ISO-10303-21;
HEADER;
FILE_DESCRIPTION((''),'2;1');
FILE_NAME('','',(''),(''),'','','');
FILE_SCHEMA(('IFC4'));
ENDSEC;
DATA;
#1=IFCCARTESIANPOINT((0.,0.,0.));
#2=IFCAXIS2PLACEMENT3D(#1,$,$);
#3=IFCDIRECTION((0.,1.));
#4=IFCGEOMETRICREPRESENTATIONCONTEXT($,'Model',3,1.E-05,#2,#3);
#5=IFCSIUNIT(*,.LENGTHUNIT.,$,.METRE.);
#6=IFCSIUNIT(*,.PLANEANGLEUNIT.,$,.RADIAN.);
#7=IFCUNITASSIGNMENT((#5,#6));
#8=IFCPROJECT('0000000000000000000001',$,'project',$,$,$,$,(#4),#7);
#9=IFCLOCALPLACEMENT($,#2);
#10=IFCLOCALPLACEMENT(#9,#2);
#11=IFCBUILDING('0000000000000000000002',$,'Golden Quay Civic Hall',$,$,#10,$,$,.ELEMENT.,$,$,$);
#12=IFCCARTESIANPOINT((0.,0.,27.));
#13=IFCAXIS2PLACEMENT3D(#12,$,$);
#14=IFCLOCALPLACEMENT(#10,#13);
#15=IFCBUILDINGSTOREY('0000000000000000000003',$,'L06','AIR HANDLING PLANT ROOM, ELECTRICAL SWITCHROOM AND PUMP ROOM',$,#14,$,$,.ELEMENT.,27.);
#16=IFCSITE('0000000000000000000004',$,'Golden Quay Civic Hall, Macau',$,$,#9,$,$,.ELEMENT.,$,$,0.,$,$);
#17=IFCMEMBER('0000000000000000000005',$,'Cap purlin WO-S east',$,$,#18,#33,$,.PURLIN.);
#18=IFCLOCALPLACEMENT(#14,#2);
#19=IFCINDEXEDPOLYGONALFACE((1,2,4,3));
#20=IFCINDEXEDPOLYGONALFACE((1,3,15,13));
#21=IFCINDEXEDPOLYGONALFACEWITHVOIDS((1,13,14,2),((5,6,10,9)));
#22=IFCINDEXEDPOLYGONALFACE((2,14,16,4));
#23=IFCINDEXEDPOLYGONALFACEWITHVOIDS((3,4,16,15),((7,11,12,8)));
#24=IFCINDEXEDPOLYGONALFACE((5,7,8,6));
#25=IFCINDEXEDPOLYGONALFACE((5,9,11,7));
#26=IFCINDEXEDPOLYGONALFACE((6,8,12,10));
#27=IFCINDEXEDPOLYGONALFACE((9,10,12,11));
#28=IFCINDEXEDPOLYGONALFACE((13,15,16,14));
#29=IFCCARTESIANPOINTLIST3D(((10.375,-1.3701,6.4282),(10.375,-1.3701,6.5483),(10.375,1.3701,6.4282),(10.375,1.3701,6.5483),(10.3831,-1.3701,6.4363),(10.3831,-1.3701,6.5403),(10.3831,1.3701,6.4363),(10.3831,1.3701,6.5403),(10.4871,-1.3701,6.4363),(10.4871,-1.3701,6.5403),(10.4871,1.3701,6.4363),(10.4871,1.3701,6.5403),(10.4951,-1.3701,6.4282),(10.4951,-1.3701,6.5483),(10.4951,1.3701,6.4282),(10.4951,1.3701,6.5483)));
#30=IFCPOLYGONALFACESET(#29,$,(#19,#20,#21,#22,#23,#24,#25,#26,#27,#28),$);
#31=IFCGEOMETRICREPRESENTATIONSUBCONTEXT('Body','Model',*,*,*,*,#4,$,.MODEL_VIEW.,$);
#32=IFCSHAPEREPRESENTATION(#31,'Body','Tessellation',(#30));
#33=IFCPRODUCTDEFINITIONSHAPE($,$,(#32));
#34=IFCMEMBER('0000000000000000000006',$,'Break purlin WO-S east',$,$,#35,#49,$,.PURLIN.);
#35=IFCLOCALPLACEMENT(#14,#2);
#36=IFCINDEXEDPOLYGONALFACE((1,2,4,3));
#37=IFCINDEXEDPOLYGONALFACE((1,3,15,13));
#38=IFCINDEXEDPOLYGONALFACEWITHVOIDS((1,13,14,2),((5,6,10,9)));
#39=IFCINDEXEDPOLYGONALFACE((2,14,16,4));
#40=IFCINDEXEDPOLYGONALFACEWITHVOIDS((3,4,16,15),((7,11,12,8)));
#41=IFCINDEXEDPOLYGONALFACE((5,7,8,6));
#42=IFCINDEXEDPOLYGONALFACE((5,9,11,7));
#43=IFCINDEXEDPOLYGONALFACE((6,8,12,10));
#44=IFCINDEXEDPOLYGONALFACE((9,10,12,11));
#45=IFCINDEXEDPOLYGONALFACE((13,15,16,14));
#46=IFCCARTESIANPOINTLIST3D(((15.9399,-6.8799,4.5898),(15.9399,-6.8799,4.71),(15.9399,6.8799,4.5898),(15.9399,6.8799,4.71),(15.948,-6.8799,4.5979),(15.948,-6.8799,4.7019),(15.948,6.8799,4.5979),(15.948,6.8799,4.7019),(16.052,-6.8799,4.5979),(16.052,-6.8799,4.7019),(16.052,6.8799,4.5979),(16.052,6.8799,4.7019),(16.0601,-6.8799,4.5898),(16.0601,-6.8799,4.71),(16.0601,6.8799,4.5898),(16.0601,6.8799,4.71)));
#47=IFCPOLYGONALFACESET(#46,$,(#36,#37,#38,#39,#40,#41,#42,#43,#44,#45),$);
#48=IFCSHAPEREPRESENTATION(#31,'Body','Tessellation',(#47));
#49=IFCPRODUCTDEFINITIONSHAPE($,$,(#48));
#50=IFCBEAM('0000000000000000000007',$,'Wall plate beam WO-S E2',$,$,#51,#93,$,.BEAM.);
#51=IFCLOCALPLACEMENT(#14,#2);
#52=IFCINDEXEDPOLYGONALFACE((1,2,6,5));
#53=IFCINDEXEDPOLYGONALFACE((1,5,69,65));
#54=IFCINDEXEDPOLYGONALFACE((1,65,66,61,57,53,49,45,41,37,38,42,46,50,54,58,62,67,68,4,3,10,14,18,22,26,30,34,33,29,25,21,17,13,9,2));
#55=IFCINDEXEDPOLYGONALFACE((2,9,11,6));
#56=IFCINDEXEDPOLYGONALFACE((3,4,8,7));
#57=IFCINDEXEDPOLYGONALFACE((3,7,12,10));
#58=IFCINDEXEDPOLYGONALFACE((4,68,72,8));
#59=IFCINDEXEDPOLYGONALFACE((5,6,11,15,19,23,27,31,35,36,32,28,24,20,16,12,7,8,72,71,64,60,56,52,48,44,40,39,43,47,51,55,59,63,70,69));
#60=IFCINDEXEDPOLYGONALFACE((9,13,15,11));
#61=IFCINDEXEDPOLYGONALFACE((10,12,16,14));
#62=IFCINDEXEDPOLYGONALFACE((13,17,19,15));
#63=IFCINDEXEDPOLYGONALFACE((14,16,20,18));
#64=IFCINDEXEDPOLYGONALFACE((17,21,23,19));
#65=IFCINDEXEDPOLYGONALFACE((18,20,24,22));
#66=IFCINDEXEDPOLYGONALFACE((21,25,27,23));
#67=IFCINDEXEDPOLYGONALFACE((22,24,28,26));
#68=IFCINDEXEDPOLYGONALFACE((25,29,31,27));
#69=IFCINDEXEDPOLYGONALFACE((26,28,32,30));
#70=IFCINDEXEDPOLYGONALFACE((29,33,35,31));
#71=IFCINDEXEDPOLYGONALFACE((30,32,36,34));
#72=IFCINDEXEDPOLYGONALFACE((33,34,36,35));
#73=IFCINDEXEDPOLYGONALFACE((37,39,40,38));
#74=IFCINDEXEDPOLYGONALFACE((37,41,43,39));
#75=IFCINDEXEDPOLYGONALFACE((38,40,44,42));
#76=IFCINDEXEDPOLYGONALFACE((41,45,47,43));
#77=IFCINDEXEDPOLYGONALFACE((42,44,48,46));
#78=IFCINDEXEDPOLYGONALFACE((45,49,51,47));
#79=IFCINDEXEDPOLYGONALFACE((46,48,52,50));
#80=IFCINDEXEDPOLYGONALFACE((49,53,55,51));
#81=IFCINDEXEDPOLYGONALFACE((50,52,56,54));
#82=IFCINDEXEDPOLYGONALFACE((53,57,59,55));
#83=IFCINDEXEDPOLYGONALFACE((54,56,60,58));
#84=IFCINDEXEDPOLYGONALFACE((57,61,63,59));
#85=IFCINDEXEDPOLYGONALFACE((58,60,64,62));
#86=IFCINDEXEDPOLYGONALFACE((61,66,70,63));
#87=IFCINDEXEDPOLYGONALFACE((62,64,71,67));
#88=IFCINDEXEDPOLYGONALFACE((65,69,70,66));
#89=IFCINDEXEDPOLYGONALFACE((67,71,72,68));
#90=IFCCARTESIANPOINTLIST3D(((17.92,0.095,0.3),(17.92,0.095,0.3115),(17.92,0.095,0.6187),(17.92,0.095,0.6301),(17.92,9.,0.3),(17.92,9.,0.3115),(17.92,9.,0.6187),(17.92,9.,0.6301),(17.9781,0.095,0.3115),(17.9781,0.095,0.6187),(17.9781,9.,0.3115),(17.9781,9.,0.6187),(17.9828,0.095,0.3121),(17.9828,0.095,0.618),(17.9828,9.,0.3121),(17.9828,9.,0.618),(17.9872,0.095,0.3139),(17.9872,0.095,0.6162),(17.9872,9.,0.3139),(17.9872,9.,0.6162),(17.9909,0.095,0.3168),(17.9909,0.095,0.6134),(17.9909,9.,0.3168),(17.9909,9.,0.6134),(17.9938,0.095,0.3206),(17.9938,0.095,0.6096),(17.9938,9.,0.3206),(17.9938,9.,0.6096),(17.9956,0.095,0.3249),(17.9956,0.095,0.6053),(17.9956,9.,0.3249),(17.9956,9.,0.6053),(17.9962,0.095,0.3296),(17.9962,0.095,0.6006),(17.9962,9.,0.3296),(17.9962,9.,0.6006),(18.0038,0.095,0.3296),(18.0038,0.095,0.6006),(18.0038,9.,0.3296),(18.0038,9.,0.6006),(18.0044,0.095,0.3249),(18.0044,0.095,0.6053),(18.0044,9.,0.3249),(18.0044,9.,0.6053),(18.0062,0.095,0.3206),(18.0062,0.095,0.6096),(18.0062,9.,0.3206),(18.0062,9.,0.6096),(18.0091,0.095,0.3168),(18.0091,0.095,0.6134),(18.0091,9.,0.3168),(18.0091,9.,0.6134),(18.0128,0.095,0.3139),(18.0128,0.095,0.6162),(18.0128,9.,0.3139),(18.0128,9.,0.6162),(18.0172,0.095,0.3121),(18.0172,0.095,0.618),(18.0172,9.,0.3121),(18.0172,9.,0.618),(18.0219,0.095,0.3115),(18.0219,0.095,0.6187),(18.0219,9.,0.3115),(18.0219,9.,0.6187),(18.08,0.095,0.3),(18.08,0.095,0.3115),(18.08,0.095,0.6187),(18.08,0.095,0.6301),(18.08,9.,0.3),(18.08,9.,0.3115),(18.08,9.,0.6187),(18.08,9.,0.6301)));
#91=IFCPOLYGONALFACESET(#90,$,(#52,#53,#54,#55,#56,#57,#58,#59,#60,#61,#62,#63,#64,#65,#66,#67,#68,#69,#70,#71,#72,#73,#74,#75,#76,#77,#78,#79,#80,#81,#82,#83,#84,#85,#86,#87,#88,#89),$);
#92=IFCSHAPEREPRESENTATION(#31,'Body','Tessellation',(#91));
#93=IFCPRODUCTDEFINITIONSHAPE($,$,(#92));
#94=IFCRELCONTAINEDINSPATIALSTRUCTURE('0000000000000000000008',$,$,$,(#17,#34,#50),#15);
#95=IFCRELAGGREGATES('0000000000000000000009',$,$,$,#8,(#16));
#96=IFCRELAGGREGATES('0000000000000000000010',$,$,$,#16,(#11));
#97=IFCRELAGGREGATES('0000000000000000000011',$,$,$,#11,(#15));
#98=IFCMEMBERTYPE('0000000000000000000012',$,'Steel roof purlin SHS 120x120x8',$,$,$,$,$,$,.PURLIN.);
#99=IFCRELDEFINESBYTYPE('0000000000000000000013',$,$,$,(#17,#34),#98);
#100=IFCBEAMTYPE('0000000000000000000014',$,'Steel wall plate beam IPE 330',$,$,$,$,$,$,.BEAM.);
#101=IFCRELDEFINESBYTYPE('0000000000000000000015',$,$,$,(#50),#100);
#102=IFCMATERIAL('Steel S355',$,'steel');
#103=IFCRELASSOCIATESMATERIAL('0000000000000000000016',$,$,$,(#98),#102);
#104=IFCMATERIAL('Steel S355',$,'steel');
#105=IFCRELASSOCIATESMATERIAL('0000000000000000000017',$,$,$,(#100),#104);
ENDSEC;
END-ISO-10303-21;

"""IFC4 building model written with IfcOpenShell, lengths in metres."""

from ifc_helpers import new_model, si_unit, direction, frame, origin, origin_2d, place, context, subcontext, project, spatial, hollow_rectangle, i_section, extrude, material, material_profile, profile_set, type_object, element, save


model = new_model("IFC4")

# Units and contexts
model_context = context("Model", 3, precision=1e-05, world=origin(), true_north=direction((0.0, 1.0)))
body_context = subcontext(model_context, "Body", "Model", "MODEL_VIEW")
ifc_project = project(units=[si_unit("LENGTHUNIT", "METRE"), si_unit("PLANEANGLEUNIT", "RADIAN")], contexts=[model_context])

# Site, building, storey
site_placement = place(None, origin())
site = spatial("IfcSite", under=ifc_project, at=site_placement, Name="Golden Quay Civic Hall, Macau", CompositionType="ELEMENT", RefElevation=0.0)
building_placement = place(site_placement, origin())
building = spatial("IfcBuilding", under=site, at=building_placement, Name="Golden Quay Civic Hall", CompositionType="ELEMENT")
storey_placement = place(building_placement, frame((0.0, 0.0, 27.0)))
storey = spatial("IfcBuildingStorey", under=building, at=storey_placement, Name="L06", Description="AIR HANDLING PLANT ROOM, ELECTRICAL SWITCHROOM AND PUMP ROOM", CompositionType="ELEMENT", Elevation=27.0)

# Members
ifc_material_1 = material(Name="Steel S355", Category="steel")
ifc_material_profile_1 = material_profile(ifc_material_1, hollow_rectangle(XDim=0.1201, YDim=0.1201, WallThickness=0.0081, at=origin_2d()), Name="SHS 120x120x8")
ifc_profile_set_1 = profile_set([ifc_material_profile_1], Name="Steel S355")
member_type_1 = type_object("IfcMemberType", Name="Steel roof purlin SHS 120x120x8", PredefinedType="PURLIN", material=ifc_profile_set_1)
member_1_placement = place(storey_placement, frame((10.4351, -1.3701, 6.4883), z_axis=(0.0, 1.0, 0.0), x_axis=(-1.0, 0.0, 0.0)))
element("IfcMember", 1, at=member_1_placement, inside=storey, type_object=member_type_1, Name="Cap purlin WO-S east", PredefinedType="PURLIN", context=body_context, shape_type="SweptSolid", body=[
    extrude(hollow_rectangle(XDim=0.1201, YDim=0.1201, WallThickness=0.0081, at=origin_2d()), origin(), (0.0, 0.0, 1.0), 2.7402),
])
member_2_placement = place(storey_placement, frame((16.0, -6.8799, 4.6499), z_axis=(0.0, 1.0, 0.0), x_axis=(-1.0, 0.0, 0.0)))
element("IfcMember", 2, at=member_2_placement, inside=storey, type_object=member_type_1, Name="Break purlin WO-S east", PredefinedType="PURLIN", context=body_context, shape_type="SweptSolid", body=[
    extrude(hollow_rectangle(XDim=0.1201, YDim=0.1201, WallThickness=0.0081, at=origin_2d()), origin(), (0.0, 0.0, 1.0), 13.7598),
])

# Beam
ifc_material_2 = material(Name="Steel S355", Category="steel")
ifc_material_profile_2 = material_profile(ifc_material_2, i_section(OverallWidth=0.1599, OverallDepth=0.3301, WebThickness=0.0076, FlangeThickness=0.0115, FilletRadius=0.0181, at=origin_2d()), Name="IPE 330")
ifc_profile_set_2 = profile_set([ifc_material_profile_2], Name="Steel S355")
beam_type_1 = type_object("IfcBeamType", Name="Steel wall plate beam IPE 330", PredefinedType="BEAM", material=ifc_profile_set_2)
beam_1_placement = place(storey_placement, frame((18.0, 0.095, 0.4651), z_axis=(0.0, 1.0, 0.0), x_axis=(-1.0, 0.0, 0.0)))
element("IfcBeam", 3, at=beam_1_placement, inside=storey, type_object=beam_type_1, Name="Wall plate beam WO-S E2", PredefinedType="BEAM", context=body_context, shape_type="SweptSolid", body=[
    extrude(i_section(OverallWidth=0.1599, OverallDepth=0.3301, WebThickness=0.0076, FlangeThickness=0.0115, FilletRadius=0.0181, at=origin_2d()), origin(), (0.0, 0.0, 1.0), 8.905),
])

save(model, "model.ifc")
